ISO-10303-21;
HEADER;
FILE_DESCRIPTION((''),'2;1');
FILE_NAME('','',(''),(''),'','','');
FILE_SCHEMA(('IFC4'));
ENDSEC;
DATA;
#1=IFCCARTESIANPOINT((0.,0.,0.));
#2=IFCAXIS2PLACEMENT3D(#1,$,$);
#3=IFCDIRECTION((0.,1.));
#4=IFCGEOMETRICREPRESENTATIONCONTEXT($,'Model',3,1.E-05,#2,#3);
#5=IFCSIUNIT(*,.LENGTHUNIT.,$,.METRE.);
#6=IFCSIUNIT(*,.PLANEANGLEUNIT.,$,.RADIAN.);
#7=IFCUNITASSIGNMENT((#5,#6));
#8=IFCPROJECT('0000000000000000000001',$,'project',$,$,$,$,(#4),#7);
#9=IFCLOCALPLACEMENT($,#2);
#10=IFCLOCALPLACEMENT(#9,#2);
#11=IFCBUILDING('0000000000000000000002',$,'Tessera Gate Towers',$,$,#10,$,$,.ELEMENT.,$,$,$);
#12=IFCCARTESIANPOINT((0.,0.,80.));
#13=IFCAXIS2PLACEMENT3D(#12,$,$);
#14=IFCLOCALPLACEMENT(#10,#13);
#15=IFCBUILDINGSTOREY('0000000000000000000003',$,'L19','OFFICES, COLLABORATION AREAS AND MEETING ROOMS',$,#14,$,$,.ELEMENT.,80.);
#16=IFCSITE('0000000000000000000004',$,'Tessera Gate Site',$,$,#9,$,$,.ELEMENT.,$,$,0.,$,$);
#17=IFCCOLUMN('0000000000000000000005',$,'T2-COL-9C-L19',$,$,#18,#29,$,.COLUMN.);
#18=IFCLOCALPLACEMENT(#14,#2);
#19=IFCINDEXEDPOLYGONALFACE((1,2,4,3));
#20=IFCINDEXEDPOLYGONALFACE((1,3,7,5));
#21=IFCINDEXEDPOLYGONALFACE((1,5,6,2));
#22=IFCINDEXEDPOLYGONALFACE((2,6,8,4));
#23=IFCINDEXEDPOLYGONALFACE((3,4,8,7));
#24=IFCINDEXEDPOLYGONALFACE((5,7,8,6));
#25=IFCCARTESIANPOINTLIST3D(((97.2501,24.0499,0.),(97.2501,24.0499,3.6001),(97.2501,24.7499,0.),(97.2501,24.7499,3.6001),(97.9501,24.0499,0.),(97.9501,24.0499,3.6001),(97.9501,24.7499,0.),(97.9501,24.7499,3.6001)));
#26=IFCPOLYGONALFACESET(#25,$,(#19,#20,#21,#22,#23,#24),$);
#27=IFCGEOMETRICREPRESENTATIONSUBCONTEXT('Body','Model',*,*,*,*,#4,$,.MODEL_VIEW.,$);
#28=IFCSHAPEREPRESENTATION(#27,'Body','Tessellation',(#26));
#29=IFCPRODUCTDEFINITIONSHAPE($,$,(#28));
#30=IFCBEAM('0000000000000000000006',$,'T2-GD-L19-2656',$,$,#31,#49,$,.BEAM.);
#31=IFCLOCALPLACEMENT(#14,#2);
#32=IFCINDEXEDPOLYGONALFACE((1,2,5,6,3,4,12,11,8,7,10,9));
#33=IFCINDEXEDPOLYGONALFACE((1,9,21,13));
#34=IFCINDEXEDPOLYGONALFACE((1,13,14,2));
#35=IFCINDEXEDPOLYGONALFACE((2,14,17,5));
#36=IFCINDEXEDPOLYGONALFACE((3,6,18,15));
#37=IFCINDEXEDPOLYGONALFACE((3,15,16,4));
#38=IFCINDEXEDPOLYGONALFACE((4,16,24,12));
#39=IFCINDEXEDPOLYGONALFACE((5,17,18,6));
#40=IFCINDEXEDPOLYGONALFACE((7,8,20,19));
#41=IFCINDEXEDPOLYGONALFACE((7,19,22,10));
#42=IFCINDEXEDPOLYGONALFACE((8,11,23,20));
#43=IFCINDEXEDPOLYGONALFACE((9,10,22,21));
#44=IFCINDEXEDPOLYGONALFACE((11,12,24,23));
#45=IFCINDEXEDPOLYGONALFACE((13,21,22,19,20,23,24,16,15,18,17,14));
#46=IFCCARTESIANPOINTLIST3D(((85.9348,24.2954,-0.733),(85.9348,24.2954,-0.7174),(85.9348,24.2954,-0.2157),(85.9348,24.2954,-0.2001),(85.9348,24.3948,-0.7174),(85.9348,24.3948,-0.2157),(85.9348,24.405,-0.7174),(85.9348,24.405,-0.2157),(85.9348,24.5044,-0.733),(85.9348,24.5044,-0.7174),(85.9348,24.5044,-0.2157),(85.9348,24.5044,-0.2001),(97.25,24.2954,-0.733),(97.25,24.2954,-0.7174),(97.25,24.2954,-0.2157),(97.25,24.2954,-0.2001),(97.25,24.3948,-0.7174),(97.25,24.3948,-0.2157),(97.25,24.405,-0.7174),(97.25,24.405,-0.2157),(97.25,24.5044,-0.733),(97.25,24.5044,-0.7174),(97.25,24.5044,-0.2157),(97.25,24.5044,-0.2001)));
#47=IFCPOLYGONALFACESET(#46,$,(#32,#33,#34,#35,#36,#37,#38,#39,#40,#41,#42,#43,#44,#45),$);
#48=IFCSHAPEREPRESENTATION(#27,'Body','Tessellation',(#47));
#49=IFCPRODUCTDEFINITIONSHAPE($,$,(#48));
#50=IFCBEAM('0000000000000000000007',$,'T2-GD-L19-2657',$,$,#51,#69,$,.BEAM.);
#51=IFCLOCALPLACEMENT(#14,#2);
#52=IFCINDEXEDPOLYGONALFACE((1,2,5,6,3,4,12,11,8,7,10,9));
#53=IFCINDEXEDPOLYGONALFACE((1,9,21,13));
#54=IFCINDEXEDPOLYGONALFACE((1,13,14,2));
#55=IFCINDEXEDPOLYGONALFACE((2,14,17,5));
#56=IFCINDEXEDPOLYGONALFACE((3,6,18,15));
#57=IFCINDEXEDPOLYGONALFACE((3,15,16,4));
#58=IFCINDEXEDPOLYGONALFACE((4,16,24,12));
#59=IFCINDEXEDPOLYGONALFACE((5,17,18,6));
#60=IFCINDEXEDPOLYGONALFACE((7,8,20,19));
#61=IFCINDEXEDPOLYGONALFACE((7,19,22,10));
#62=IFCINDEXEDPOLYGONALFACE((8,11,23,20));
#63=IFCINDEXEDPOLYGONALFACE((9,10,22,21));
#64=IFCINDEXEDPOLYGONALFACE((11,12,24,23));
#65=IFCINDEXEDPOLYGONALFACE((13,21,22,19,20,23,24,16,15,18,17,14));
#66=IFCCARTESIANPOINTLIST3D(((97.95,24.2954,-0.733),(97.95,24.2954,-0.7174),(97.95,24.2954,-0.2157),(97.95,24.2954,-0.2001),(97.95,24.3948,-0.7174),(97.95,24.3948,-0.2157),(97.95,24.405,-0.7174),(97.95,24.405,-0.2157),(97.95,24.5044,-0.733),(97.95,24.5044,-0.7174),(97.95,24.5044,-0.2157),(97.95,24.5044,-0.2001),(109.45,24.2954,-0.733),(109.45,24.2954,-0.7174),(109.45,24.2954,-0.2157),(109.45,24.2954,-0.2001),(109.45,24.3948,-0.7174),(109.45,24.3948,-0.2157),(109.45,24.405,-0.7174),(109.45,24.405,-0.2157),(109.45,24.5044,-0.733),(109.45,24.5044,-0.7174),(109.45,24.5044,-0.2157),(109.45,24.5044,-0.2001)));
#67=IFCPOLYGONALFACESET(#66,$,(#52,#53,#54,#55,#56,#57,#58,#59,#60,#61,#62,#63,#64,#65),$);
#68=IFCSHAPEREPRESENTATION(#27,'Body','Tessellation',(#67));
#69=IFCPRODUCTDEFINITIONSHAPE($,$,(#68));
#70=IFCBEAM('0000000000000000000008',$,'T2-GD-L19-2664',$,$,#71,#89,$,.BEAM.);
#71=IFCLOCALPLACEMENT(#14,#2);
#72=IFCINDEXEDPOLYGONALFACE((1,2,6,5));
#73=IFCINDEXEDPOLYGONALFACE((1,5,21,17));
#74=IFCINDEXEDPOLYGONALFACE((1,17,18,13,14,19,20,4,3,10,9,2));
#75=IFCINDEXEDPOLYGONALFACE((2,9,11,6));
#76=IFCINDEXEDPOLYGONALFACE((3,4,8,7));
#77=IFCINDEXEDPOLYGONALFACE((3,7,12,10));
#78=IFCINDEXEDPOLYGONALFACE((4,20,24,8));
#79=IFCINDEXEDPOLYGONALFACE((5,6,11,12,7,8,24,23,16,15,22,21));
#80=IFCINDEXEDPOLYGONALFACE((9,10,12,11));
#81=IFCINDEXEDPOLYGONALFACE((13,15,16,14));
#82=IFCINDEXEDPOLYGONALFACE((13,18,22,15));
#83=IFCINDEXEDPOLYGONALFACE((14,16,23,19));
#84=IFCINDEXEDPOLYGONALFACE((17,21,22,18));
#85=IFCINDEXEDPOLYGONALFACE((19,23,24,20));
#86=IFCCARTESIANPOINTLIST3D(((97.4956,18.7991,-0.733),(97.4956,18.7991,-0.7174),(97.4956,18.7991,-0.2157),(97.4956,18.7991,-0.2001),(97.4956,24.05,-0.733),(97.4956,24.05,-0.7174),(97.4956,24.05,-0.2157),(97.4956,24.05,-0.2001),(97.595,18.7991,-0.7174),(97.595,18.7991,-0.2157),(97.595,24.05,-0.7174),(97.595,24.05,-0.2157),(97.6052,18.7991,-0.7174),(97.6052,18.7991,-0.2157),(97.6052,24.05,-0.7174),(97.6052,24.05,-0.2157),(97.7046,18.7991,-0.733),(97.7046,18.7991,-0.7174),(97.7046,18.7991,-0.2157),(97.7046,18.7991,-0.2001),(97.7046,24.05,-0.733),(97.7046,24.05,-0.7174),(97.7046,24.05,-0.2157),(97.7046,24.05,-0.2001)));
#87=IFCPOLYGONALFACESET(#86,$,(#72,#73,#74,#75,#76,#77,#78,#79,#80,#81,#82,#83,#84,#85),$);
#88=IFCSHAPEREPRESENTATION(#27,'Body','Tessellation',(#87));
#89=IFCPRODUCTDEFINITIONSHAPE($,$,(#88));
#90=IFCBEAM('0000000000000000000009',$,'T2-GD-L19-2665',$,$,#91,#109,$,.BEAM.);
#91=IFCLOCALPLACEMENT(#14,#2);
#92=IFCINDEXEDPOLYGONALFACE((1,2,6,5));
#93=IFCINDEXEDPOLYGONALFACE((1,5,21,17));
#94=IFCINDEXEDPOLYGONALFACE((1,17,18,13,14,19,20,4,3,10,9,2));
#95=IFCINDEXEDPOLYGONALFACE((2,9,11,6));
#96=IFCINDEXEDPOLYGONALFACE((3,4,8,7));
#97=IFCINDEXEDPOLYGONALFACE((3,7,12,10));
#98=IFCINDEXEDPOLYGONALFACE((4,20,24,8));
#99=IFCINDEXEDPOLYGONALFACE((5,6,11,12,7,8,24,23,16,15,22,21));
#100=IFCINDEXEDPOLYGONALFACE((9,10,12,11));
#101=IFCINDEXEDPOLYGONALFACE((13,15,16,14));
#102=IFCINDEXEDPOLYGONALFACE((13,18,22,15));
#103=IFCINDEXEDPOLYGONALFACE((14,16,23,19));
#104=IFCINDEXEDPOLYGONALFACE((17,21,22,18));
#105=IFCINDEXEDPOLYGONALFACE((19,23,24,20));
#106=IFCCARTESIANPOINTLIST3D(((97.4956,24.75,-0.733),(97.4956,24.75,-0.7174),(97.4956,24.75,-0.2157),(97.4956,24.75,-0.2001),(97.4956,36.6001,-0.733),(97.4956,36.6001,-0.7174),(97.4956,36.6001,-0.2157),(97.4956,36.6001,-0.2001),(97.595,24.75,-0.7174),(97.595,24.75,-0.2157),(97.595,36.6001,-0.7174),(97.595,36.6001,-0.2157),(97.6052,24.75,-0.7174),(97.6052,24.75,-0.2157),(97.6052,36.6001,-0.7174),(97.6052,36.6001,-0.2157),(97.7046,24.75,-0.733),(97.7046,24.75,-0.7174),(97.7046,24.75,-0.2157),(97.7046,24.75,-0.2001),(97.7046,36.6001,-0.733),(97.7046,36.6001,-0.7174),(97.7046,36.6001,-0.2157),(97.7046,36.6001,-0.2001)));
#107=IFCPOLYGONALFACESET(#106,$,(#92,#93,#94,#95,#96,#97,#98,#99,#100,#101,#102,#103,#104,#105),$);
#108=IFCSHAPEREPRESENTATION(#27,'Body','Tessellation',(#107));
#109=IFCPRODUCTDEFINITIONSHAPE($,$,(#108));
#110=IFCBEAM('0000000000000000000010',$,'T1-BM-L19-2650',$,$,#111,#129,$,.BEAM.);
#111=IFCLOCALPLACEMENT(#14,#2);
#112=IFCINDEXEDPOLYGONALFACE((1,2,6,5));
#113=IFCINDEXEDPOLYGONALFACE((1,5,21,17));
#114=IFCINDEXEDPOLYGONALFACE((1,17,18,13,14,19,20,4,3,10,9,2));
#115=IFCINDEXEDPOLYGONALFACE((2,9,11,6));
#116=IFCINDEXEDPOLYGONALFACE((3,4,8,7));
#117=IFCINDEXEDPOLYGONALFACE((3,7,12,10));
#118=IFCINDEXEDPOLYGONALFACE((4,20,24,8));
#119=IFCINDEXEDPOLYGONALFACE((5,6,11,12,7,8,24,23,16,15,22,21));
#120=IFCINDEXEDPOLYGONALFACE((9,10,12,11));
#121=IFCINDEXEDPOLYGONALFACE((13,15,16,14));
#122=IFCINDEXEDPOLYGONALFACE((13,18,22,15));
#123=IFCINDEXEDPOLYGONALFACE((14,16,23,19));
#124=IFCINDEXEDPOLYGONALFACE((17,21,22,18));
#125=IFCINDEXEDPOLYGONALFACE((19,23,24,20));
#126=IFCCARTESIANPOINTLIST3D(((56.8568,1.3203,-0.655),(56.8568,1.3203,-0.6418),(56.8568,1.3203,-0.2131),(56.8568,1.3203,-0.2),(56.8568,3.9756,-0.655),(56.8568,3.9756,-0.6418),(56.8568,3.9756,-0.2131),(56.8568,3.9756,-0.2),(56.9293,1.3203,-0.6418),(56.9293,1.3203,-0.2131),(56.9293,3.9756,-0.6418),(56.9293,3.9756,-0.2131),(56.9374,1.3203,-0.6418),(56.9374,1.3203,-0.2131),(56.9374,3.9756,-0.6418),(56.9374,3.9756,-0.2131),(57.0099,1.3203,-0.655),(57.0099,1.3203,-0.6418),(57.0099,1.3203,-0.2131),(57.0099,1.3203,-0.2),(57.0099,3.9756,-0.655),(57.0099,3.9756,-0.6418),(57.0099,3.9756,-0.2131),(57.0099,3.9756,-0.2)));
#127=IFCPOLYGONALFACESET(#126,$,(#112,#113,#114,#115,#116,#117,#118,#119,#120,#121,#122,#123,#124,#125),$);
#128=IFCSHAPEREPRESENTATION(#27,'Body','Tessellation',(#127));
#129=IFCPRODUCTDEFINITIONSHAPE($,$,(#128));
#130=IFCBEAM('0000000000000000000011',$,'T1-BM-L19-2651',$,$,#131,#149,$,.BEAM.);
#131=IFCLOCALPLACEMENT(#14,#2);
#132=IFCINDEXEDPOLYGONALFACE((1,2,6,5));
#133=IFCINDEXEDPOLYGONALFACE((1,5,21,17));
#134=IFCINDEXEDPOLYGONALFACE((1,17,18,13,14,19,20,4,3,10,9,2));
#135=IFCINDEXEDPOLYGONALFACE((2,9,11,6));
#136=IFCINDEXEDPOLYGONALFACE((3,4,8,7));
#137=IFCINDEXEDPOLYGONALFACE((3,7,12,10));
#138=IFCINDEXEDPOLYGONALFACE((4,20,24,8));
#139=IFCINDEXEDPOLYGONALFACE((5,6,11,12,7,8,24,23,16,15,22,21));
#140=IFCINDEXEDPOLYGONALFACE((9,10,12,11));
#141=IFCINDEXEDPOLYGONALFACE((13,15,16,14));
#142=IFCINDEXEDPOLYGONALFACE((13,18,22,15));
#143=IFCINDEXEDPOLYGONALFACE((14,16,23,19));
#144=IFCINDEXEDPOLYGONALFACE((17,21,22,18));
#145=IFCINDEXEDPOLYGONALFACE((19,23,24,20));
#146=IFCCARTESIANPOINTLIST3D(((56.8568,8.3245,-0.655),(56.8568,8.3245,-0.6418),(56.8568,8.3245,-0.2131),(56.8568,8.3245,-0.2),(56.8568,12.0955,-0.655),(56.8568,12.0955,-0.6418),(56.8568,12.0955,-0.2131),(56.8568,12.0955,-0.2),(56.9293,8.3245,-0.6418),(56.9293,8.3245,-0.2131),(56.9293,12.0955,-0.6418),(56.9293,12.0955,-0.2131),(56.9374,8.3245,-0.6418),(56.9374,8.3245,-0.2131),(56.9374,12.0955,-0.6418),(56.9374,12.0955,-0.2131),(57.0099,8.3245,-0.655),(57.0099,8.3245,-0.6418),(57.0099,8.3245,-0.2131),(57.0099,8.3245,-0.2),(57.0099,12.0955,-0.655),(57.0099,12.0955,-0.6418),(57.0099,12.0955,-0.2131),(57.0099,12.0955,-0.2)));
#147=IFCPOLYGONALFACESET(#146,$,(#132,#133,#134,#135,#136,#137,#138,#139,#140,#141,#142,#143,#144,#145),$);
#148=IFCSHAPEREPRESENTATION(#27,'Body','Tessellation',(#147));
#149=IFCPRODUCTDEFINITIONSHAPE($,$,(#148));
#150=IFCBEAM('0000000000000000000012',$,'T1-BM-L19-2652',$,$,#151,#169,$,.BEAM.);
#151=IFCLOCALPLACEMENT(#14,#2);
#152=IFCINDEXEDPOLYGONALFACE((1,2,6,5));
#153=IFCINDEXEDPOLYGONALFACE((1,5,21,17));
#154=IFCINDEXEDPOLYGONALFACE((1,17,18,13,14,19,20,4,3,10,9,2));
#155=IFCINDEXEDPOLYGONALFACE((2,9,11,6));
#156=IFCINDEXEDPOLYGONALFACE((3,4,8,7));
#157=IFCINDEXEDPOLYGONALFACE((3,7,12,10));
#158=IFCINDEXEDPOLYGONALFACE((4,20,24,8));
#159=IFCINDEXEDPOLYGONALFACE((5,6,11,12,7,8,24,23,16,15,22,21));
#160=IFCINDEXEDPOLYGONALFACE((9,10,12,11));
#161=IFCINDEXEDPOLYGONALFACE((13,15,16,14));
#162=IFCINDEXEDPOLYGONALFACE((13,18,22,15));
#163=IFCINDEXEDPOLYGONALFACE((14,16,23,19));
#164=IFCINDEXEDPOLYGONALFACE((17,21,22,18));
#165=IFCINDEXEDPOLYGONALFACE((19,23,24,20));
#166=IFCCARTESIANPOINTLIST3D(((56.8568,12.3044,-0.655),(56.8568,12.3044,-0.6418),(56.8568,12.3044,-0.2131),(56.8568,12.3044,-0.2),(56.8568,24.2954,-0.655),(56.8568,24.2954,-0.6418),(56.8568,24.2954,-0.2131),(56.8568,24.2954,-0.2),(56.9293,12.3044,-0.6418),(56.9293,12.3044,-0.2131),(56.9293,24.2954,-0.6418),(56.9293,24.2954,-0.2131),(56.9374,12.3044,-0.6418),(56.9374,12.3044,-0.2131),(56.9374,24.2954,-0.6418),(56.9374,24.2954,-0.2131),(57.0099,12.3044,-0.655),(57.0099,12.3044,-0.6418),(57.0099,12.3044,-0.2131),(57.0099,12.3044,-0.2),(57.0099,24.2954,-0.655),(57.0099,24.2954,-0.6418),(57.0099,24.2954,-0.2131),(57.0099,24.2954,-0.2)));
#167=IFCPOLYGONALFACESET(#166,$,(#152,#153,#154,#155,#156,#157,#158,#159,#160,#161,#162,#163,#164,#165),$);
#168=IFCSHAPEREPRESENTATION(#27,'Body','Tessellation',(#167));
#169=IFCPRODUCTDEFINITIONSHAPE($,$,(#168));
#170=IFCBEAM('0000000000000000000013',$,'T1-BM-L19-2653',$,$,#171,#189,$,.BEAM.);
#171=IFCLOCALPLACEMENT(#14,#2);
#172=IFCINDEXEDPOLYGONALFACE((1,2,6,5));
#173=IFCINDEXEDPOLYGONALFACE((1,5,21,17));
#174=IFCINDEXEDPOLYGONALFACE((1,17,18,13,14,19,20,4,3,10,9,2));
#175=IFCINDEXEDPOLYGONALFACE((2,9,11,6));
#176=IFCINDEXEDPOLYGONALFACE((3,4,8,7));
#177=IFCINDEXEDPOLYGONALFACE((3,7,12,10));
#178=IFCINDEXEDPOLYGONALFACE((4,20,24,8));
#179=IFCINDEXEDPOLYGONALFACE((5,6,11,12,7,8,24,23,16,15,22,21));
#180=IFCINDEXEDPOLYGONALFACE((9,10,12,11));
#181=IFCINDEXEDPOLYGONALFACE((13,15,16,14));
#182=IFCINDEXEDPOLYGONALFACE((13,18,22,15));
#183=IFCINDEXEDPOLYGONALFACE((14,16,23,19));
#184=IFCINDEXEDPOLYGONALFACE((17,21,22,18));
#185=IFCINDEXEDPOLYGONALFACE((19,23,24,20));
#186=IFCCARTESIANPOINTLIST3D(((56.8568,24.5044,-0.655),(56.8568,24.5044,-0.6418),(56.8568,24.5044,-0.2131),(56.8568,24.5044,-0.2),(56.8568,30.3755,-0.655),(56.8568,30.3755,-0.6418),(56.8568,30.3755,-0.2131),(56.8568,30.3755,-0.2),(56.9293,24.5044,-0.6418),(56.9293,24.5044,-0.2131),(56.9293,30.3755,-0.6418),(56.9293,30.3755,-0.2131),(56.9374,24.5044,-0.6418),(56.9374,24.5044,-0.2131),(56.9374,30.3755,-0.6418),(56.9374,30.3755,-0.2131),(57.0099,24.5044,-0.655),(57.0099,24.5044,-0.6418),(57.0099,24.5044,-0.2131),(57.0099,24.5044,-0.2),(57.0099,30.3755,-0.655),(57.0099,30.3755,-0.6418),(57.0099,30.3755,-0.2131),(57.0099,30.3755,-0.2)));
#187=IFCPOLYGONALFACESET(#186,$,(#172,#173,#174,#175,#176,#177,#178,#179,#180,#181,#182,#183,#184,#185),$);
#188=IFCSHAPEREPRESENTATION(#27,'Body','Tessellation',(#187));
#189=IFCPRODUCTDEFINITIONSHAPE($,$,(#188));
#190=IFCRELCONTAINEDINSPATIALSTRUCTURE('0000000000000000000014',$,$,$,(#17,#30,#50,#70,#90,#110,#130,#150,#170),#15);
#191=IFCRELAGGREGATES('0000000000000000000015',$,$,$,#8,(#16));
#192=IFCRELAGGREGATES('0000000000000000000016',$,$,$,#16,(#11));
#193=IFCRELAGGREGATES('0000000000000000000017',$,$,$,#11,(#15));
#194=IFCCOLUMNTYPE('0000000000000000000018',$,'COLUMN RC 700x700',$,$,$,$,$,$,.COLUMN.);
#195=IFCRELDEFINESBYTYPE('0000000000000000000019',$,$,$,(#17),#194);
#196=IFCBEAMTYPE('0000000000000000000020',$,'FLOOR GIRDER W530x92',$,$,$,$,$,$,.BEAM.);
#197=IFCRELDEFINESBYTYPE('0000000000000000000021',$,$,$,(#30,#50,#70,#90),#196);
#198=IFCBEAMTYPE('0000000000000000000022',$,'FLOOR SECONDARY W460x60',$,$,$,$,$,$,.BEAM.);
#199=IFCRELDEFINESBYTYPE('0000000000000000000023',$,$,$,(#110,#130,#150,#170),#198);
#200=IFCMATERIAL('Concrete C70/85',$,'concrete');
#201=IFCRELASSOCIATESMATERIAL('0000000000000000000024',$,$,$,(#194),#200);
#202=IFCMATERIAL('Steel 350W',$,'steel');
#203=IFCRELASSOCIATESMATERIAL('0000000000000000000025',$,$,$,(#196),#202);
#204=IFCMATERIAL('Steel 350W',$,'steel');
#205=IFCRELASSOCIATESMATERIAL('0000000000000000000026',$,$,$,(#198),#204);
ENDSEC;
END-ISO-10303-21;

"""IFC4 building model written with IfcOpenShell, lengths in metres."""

from ifc_helpers import new_model, si_unit, direction, frame, origin, origin_2d, place, context, subcontext, project, spatial, rectangle, i_section, extrude, material, material_profile, profile_set, type_object, element, save


model = new_model("IFC4")

# Units and contexts
model_context = context("Model", 3, precision=1e-05, world=origin(), true_north=direction((0.0, 1.0)))
body_context = subcontext(model_context, "Body", "Model", "MODEL_VIEW")
ifc_project = project(units=[si_unit("LENGTHUNIT", "METRE"), si_unit("PLANEANGLEUNIT", "RADIAN")], contexts=[model_context])

# Site, building, storey
site_placement = place(None, origin())
site = spatial("IfcSite", under=ifc_project, at=site_placement, Name="Tessera Gate Site", CompositionType="ELEMENT", RefElevation=0.0)
building_placement = place(site_placement, origin())
building = spatial("IfcBuilding", under=site, at=building_placement, Name="Tessera Gate Towers", CompositionType="ELEMENT")
storey_placement = place(building_placement, frame((0.0, 0.0, 80.0)))
storey = spatial("IfcBuildingStorey", under=building, at=storey_placement, Name="L19", Description="OFFICES, COLLABORATION AREAS AND MEETING ROOMS", CompositionType="ELEMENT", Elevation=80.0)

# Column
ifc_material_1 = material(Name="Concrete C70/85", Category="concrete")
ifc_material_profile_1 = material_profile(ifc_material_1, rectangle(XDim=0.7, YDim=0.7, at=origin_2d()), Name="RC 700x700")
ifc_profile_set_1 = profile_set([ifc_material_profile_1], Name="Concrete C70/85")
column_type = type_object("IfcColumnType", Name="COLUMN RC 700x700", PredefinedType="COLUMN", material=ifc_profile_set_1)
column_placement = place(storey_placement, frame((97.6001, 24.3999, 0.0), z_axis=(0.0, 0.0, 1.0), x_axis=(1.0, 0.0, 0.0)))
element("IfcColumn", 1, at=column_placement, inside=storey, type_object=column_type, Name="T2-COL-9C-L19", PredefinedType="COLUMN", context=body_context, shape_type="SweptSolid", body=[
    extrude(rectangle(XDim=0.7, YDim=0.7, at=origin_2d()), origin(), (0.0, 0.0, 1.0), 3.6001),
])

# Beams
ifc_material_2 = material(Name="Steel 350W", Category="steel")
ifc_material_profile_2 = material_profile(ifc_material_2, i_section(OverallWidth=0.209, OverallDepth=0.533, WebThickness=0.0103, FlangeThickness=0.0156, at=origin_2d()), Name="W530x92")
ifc_profile_set_2 = profile_set([ifc_material_profile_2], Name="Steel 350W")
beam_type_1 = type_object("IfcBeamType", Name="FLOOR GIRDER W530x92", PredefinedType="BEAM", material=ifc_profile_set_2)
beam_1_placement = place(storey_placement, frame((85.9348, 24.3999, -0.4666), z_axis=(1.0, 0.0, 0.0), x_axis=(0.0, 1.0, 0.0)))
element("IfcBeam", 2, at=beam_1_placement, inside=storey, type_object=beam_type_1, Name="T2-GD-L19-2656", PredefinedType="BEAM", context=body_context, shape_type="SweptSolid", body=[
    extrude(i_section(OverallWidth=0.209, OverallDepth=0.533, WebThickness=0.0103, FlangeThickness=0.0156, at=origin_2d()), origin(), (0.0, 0.0, 1.0), 11.3152),
])
beam_2_placement = place(storey_placement, frame((97.95, 24.3999, -0.4666), z_axis=(1.0, 0.0, 0.0), x_axis=(0.0, 1.0, 0.0)))
element("IfcBeam", 3, at=beam_2_placement, inside=storey, type_object=beam_type_1, Name="T2-GD-L19-2657", PredefinedType="BEAM", context=body_context, shape_type="SweptSolid", body=[
    extrude(i_section(OverallWidth=0.209, OverallDepth=0.533, WebThickness=0.0103, FlangeThickness=0.0156, at=origin_2d()), origin(), (0.0, 0.0, 1.0), 11.5),
])
beam_3_placement = place(storey_placement, frame((97.6001, 18.7991, -0.4666), z_axis=(0.0, 1.0, 0.0), x_axis=(-1.0, 0.0, 0.0)))
element("IfcBeam", 4, at=beam_3_placement, inside=storey, type_object=beam_type_1, Name="T2-GD-L19-2664", PredefinedType="BEAM", context=body_context, shape_type="SweptSolid", body=[
    extrude(i_section(OverallWidth=0.209, OverallDepth=0.533, WebThickness=0.0103, FlangeThickness=0.0156, at=origin_2d()), origin(), (0.0, 0.0, 1.0), 5.251),
])
beam_4_placement = place(storey_placement, frame((97.6001, 24.75, -0.4666), z_axis=(0.0, 1.0, 0.0), x_axis=(-1.0, 0.0, 0.0)))
element("IfcBeam", 5, at=beam_4_placement, inside=storey, type_object=beam_type_1, Name="T2-GD-L19-2665", PredefinedType="BEAM", context=body_context, shape_type="SweptSolid", body=[
    extrude(i_section(OverallWidth=0.209, OverallDepth=0.533, WebThickness=0.0103, FlangeThickness=0.0156, at=origin_2d()), origin(), (0.0, 0.0, 1.0), 11.8501),
])
ifc_material_3 = material(Name="Steel 350W", Category="steel")
ifc_material_profile_3 = material_profile(ifc_material_3, i_section(OverallWidth=0.1531, OverallDepth=0.4551, WebThickness=0.0081, FlangeThickness=0.0132, at=origin_2d()), Name="W460x60")
ifc_profile_set_3 = profile_set([ifc_material_profile_3], Name="Steel 350W")
beam_type_2 = type_object("IfcBeamType", Name="FLOOR SECONDARY W460x60", PredefinedType="BEAM", material=ifc_profile_set_3)
beam_5_placement = place(storey_placement, frame((56.9333, 1.3203, -0.4275), z_axis=(0.0, 1.0, 0.0), x_axis=(-1.0, 0.0, 0.0)))
element("IfcBeam", 6, at=beam_5_placement, inside=storey, type_object=beam_type_2, Name="T1-BM-L19-2650", PredefinedType="BEAM", context=body_context, shape_type="SweptSolid", body=[
    extrude(i_section(OverallWidth=0.1531, OverallDepth=0.4551, WebThickness=0.0081, FlangeThickness=0.0132, at=origin_2d()), origin(), (0.0, 0.0, 1.0), 2.6553),
])
beam_6_placement = place(storey_placement, frame((56.9333, 8.3245, -0.4275), z_axis=(0.0, 1.0, 0.0), x_axis=(-1.0, 0.0, 0.0)))
element("IfcBeam", 7, at=beam_6_placement, inside=storey, type_object=beam_type_2, Name="T1-BM-L19-2651", PredefinedType="BEAM", context=body_context, shape_type="SweptSolid", body=[
    extrude(i_section(OverallWidth=0.1531, OverallDepth=0.4551, WebThickness=0.0081, FlangeThickness=0.0132, at=origin_2d()), origin(), (0.0, 0.0, 1.0), 3.771),
])
beam_7_placement = place(storey_placement, frame((56.9333, 12.3044, -0.4275), z_axis=(0.0, 1.0, 0.0), x_axis=(-1.0, 0.0, 0.0)))
element("IfcBeam", 8, at=beam_7_placement, inside=storey, type_object=beam_type_2, Name="T1-BM-L19-2652", PredefinedType="BEAM", context=body_context, shape_type="SweptSolid", body=[
    extrude(i_section(OverallWidth=0.1531, OverallDepth=0.4551, WebThickness=0.0081, FlangeThickness=0.0132, at=origin_2d()), origin(), (0.0, 0.0, 1.0), 11.991),
])
beam_8_placement = place(storey_placement, frame((56.9333, 24.5044, -0.4275), z_axis=(0.0, 1.0, 0.0), x_axis=(-1.0, 0.0, 0.0)))
element("IfcBeam", 9, at=beam_8_placement, inside=storey, type_object=beam_type_2, Name="T1-BM-L19-2653", PredefinedType="BEAM", context=body_context, shape_type="SweptSolid", body=[
    extrude(i_section(OverallWidth=0.1531, OverallDepth=0.4551, WebThickness=0.0081, FlangeThickness=0.0132, at=origin_2d()), origin(), (0.0, 0.0, 1.0), 5.8711),
])

save(model, "model.ifc")
